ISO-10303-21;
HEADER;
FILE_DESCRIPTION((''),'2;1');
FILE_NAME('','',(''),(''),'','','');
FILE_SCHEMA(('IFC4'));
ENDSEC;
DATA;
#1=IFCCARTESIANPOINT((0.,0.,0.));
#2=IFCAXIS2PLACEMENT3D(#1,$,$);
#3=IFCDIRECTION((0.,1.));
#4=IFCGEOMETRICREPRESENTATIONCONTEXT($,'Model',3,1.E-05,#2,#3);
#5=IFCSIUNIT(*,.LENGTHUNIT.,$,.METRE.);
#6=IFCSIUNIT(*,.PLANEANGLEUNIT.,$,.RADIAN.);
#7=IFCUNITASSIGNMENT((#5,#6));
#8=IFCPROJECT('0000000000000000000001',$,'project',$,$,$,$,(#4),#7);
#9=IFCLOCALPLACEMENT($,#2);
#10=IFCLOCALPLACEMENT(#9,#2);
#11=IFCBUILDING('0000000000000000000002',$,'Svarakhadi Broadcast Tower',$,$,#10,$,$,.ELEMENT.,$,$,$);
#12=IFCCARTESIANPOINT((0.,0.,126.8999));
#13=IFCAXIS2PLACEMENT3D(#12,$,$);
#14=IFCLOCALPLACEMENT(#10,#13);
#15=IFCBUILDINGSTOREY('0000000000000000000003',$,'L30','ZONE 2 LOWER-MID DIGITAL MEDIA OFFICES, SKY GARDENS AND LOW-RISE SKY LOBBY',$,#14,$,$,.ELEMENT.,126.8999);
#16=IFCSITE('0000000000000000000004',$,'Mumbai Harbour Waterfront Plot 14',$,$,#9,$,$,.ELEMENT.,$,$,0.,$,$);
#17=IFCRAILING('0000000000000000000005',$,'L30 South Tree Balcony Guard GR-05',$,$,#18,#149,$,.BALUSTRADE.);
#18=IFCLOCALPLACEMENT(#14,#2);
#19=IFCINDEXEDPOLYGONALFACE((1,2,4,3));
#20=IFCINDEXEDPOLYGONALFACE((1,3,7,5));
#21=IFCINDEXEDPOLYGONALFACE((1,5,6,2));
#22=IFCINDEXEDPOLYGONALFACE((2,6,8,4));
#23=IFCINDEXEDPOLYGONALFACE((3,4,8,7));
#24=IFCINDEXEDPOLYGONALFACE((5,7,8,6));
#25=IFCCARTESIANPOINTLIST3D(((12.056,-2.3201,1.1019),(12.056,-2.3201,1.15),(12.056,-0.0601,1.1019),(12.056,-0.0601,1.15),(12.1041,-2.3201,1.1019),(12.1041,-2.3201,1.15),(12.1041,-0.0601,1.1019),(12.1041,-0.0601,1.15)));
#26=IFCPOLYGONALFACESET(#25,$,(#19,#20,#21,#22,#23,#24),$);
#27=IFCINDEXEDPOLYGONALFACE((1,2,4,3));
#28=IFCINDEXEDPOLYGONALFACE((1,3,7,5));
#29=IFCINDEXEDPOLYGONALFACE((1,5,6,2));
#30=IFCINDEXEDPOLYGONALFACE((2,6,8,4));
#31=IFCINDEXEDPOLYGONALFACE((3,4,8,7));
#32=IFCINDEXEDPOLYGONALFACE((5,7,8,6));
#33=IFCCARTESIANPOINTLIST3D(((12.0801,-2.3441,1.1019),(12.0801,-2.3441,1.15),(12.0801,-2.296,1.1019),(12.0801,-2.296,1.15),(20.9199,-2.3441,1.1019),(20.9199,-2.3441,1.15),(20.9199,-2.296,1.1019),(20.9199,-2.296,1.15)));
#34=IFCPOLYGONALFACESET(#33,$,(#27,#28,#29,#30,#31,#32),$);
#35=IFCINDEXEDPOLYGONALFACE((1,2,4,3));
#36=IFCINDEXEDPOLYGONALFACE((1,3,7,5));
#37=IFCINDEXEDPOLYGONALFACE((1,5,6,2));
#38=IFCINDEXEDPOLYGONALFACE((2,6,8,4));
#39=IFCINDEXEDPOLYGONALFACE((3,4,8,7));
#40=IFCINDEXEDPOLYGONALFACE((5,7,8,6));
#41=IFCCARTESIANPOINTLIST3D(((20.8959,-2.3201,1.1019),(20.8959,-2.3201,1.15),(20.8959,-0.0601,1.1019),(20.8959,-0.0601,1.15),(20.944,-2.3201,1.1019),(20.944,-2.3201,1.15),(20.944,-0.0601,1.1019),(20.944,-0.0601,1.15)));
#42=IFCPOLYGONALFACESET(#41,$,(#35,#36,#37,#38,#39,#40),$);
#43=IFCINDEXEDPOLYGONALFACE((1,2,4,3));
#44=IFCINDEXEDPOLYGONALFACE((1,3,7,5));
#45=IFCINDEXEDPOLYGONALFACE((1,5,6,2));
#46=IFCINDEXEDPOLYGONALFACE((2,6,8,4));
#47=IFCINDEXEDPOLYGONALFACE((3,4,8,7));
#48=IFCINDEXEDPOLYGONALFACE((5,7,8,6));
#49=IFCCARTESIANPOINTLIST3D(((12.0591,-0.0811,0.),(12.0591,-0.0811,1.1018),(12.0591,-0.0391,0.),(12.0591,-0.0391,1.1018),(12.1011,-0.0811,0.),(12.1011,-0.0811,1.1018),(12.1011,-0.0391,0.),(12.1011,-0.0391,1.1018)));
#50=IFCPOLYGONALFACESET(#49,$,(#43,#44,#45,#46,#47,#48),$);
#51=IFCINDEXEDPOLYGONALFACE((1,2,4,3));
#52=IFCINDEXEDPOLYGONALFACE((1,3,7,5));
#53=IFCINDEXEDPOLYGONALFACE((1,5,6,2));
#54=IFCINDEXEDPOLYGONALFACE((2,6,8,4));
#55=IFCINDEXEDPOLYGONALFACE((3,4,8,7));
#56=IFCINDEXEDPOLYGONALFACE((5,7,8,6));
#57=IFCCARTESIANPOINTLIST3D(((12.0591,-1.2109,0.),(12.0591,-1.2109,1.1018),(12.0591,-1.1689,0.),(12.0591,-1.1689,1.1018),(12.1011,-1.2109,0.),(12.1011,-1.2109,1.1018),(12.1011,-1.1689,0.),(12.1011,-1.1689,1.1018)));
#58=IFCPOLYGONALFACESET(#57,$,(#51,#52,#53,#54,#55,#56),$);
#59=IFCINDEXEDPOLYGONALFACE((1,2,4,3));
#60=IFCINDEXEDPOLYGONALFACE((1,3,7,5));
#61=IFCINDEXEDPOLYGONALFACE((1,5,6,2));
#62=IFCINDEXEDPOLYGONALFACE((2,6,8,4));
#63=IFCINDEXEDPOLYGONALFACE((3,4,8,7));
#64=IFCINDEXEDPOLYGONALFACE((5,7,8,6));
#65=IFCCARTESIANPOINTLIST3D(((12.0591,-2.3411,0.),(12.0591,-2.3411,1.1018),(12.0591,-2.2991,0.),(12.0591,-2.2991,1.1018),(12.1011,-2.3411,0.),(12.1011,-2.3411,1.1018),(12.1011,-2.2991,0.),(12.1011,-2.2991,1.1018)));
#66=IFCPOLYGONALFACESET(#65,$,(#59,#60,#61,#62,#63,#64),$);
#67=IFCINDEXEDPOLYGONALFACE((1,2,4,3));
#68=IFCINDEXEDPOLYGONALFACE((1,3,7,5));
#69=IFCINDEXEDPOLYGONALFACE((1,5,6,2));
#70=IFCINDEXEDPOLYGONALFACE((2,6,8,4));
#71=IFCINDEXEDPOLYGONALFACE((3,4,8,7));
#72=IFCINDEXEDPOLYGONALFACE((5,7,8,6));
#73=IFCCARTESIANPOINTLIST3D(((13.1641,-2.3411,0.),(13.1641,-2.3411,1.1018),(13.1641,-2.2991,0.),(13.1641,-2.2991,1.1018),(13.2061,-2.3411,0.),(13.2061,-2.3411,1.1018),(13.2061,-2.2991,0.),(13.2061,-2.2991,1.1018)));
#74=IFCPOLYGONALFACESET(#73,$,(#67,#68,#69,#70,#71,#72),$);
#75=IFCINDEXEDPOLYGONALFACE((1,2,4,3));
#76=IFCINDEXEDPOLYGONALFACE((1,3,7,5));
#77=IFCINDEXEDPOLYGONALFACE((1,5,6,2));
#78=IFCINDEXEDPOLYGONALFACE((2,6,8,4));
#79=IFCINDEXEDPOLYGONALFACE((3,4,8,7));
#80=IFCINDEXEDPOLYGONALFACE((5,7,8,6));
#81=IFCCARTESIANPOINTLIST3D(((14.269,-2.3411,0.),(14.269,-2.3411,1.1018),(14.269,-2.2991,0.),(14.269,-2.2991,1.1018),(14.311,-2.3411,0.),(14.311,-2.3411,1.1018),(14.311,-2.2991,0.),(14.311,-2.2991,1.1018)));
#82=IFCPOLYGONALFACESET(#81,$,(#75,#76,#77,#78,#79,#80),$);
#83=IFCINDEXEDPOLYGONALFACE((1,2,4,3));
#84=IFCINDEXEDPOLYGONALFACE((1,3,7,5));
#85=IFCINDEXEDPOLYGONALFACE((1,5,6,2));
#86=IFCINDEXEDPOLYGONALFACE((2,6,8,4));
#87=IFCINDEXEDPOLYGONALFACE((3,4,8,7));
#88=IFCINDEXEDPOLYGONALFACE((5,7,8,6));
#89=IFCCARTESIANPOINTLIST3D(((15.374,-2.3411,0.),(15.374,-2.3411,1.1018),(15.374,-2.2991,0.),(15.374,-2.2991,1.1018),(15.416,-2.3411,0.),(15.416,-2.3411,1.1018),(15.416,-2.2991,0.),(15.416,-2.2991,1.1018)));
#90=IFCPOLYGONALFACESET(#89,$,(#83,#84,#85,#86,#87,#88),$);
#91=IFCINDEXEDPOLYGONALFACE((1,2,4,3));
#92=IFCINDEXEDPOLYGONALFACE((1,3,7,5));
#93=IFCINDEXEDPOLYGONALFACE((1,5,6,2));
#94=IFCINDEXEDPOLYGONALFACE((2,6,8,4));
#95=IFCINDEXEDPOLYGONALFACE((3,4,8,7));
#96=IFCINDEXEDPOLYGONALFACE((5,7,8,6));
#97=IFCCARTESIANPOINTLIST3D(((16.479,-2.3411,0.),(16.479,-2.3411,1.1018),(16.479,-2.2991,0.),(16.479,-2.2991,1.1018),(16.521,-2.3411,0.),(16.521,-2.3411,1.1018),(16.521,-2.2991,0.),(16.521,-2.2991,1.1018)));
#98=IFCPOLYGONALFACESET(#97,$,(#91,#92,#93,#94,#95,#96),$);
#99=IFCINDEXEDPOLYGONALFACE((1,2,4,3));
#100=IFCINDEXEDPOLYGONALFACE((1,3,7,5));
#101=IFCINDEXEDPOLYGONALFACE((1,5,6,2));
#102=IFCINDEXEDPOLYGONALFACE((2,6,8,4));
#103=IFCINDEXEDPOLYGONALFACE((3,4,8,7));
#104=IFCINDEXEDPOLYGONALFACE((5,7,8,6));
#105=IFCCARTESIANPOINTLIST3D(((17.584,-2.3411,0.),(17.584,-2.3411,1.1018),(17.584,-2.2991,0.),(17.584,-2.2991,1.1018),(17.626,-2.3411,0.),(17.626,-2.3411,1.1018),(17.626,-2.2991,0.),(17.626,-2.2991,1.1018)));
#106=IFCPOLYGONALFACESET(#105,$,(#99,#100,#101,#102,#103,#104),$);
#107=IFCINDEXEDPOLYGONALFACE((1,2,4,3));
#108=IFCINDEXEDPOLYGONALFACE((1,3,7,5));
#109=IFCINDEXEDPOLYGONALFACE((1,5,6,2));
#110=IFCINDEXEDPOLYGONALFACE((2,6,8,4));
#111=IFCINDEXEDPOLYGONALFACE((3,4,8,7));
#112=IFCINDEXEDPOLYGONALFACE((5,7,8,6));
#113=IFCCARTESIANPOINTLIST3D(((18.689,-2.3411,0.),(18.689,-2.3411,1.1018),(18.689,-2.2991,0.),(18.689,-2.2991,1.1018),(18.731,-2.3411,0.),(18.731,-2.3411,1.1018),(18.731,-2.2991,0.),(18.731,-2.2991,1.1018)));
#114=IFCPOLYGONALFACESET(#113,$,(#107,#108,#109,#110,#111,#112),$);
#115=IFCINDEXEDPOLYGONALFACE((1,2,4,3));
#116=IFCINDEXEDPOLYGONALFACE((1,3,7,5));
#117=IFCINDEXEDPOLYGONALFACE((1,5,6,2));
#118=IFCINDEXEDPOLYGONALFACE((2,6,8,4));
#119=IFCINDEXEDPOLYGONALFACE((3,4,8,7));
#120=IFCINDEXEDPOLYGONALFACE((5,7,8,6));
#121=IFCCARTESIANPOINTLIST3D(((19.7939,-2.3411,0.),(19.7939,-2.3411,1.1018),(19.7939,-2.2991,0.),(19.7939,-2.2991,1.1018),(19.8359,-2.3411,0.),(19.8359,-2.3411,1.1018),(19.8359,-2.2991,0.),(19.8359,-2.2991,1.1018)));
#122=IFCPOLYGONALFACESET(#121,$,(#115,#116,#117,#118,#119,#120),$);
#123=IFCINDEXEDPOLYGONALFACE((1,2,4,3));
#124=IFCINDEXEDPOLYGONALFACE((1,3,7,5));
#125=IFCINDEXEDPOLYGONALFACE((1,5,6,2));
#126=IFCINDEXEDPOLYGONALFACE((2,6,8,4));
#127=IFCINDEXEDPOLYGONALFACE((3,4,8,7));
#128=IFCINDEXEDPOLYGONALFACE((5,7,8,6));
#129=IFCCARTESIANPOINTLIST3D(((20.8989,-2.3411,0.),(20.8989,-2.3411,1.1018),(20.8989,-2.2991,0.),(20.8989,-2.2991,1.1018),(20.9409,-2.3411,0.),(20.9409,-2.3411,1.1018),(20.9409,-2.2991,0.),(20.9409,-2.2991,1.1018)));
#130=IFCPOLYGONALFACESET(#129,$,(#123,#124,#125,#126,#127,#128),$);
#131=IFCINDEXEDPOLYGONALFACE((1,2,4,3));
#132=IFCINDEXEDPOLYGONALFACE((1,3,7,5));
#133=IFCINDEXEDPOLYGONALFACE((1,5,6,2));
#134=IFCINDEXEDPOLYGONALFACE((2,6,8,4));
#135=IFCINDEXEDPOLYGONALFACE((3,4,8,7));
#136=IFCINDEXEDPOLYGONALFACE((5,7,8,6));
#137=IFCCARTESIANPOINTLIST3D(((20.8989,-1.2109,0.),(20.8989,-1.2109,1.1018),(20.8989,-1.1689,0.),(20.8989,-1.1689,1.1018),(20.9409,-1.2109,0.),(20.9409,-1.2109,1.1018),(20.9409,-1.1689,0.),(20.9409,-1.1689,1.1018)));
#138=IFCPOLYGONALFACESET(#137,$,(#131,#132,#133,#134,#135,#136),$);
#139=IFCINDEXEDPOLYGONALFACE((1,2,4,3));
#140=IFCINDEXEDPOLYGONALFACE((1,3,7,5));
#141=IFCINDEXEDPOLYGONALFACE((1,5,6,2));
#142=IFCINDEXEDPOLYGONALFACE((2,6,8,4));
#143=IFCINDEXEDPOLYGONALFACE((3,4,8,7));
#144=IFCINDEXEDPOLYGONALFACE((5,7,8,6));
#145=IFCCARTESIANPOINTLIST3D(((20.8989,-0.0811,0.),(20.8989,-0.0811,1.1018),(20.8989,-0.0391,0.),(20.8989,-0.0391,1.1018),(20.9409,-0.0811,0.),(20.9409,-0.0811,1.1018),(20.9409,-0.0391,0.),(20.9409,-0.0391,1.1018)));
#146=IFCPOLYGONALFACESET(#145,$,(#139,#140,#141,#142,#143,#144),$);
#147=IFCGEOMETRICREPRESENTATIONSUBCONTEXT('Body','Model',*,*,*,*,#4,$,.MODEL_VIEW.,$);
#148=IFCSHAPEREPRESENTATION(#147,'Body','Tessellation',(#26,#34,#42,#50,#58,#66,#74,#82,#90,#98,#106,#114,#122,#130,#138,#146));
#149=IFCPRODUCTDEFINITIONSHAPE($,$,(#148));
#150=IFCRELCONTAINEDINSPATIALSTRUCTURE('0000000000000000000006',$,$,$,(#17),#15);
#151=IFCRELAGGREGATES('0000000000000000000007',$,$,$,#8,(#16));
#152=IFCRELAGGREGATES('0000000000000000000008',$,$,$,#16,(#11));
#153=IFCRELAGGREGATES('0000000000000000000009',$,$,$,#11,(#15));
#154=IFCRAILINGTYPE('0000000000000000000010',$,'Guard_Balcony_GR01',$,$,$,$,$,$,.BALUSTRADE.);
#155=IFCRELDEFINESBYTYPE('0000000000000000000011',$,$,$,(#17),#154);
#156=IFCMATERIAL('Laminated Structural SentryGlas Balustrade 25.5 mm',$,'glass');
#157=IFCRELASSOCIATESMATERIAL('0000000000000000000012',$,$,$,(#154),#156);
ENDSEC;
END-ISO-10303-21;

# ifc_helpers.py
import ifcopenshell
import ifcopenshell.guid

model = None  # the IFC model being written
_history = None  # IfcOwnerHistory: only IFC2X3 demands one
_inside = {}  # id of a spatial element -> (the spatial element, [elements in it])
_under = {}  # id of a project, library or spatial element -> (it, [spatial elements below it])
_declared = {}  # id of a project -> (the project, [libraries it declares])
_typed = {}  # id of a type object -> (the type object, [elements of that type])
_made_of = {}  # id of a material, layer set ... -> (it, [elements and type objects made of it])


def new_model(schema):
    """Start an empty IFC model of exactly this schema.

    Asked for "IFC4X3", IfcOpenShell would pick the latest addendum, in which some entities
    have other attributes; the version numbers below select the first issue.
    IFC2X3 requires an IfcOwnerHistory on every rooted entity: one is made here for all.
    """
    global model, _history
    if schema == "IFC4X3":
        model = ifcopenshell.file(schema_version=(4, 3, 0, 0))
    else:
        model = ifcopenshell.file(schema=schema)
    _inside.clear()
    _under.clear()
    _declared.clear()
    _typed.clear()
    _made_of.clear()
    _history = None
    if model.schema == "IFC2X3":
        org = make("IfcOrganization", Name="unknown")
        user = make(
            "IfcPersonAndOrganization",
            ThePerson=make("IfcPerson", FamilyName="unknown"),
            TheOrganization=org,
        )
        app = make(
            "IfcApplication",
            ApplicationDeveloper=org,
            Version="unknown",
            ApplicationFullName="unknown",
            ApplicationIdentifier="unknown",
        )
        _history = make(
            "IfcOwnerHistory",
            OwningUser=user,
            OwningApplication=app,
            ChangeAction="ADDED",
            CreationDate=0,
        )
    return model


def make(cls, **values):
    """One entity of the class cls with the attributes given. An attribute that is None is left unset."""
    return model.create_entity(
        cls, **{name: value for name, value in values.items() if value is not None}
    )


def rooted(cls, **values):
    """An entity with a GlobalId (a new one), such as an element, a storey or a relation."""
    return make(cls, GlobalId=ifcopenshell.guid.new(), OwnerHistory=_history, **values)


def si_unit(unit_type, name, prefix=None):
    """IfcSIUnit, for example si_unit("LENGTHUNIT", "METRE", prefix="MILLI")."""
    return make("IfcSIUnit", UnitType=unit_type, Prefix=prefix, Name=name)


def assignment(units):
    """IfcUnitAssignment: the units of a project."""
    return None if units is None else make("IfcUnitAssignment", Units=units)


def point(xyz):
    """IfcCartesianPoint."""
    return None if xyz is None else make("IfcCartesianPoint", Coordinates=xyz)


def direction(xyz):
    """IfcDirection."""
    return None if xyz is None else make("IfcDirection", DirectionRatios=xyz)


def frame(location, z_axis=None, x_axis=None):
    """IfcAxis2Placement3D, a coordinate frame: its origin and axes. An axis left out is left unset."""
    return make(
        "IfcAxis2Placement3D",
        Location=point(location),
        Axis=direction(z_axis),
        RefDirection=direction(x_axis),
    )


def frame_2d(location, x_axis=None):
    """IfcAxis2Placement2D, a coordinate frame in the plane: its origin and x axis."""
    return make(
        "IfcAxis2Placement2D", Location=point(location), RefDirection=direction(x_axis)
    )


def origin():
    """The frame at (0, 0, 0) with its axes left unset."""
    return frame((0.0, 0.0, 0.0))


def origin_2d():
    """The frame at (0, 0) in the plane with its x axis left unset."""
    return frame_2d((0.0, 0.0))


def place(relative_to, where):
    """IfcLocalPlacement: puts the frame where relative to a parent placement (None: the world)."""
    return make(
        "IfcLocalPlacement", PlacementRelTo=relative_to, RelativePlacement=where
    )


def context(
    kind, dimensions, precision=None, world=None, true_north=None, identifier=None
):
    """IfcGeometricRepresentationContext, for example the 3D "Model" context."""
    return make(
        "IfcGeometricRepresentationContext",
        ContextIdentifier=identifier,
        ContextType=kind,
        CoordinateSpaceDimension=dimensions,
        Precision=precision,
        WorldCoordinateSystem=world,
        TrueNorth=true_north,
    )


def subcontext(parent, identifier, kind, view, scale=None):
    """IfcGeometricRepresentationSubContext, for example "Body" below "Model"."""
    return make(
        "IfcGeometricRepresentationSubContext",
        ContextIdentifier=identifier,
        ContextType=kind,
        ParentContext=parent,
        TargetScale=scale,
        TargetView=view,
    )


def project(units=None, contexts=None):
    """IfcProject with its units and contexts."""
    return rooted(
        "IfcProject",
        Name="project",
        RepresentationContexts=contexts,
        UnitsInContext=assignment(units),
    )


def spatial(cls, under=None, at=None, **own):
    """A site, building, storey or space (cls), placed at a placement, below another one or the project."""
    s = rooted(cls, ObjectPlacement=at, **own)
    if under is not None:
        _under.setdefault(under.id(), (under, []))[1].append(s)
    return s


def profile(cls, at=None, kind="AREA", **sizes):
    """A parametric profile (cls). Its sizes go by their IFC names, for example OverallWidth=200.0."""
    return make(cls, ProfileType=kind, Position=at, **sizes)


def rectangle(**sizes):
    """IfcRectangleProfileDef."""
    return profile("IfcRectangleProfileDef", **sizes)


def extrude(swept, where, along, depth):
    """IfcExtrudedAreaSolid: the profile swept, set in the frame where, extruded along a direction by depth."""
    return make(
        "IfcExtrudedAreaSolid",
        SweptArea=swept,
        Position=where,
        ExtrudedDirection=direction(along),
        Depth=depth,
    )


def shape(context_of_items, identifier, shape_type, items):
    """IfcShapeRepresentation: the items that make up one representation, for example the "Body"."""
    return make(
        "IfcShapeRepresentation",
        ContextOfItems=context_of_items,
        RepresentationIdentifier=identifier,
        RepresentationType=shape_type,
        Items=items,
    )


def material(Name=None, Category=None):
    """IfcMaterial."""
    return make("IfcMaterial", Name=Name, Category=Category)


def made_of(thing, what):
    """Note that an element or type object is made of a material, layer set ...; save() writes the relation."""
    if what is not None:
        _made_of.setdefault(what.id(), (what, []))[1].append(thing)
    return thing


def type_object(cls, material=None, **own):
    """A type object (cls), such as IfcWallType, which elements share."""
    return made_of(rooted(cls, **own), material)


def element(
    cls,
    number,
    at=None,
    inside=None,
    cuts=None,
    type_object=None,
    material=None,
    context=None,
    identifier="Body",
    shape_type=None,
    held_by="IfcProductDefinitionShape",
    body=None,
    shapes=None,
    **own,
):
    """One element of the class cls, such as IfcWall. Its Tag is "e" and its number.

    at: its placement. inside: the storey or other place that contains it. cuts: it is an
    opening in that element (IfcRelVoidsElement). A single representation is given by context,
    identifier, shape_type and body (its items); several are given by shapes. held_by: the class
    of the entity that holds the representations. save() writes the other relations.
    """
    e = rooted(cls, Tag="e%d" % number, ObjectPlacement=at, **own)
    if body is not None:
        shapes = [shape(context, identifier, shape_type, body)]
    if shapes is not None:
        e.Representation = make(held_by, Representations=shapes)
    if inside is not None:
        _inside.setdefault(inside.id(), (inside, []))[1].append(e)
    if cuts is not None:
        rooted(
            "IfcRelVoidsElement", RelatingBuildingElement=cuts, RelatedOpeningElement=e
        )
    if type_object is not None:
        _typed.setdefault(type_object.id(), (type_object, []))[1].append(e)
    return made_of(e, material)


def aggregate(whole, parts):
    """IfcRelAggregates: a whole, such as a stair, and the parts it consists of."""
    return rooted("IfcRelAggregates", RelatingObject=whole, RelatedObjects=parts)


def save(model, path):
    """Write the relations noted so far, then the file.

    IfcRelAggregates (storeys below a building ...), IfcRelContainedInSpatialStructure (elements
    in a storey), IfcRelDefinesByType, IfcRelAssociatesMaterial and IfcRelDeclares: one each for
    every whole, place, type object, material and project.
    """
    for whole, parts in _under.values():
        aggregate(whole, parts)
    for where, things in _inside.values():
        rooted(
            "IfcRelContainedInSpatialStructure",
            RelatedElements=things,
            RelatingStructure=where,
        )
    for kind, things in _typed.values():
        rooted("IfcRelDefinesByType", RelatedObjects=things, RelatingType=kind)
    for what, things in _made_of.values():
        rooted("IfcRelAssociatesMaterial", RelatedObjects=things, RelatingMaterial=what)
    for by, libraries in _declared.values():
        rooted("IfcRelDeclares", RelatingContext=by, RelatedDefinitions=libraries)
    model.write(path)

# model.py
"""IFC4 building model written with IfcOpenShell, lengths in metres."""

from ifc_helpers import new_model, si_unit, direction, frame, origin, origin_2d, place, context, subcontext, project, spatial, rectangle, extrude, material, type_object, element, save


model = new_model("IFC4")

# Units and contexts
model_context = context("Model", 3, precision=1e-05, world=origin(), true_north=direction((0.0, 1.0)))
body_context = subcontext(model_context, "Body", "Model", "MODEL_VIEW")
ifc_project = project(units=[si_unit("LENGTHUNIT", "METRE"), si_unit("PLANEANGLEUNIT", "RADIAN")], contexts=[model_context])

# Site, building, storey
site_placement = place(None, origin())
site = spatial("IfcSite", under=ifc_project, at=site_placement, Name="Mumbai Harbour Waterfront Plot 14", CompositionType="ELEMENT", RefElevation=0.0)
building_placement = place(site_placement, origin())
building = spatial("IfcBuilding", under=site, at=building_placement, Name="Svarakhadi Broadcast Tower", CompositionType="ELEMENT")
storey_placement = place(building_placement, frame((0.0, 0.0, 126.8999)))
storey = spatial("IfcBuildingStorey", under=building, at=storey_placement, Name="L30", Description="ZONE 2 LOWER-MID DIGITAL MEDIA OFFICES, SKY GARDENS AND LOW-RISE SKY LOBBY", CompositionType="ELEMENT", Elevation=126.8999)

# Railing
ifc_material_1 = material(Name="Laminated Structural SentryGlas Balustrade 25.5 mm", Category="glass")
railing_type = type_object("IfcRailingType", Name="Guard_Balcony_GR01", PredefinedType="BALUSTRADE", material=ifc_material_1)
railing_placement = place(storey_placement, frame((12.0801, -0.0601, 0.0)))
element("IfcRailing", 1, at=railing_placement, inside=storey, type_object=railing_type, Name="L30 South Tree Balcony Guard GR-05", PredefinedType="BALUSTRADE", context=body_context, shape_type="SweptSolid", body=[
    extrude(rectangle(XDim=0.0481, YDim=0.0481, at=origin_2d()), frame((0.0, 0.0, 1.126), z_axis=(0.0, -1.0, 0.0), x_axis=(1.0, 0.0, 0.0)), (0.0, 0.0, 1.0), 2.26),
    extrude(rectangle(XDim=0.0481, YDim=0.0481, at=origin_2d()), frame((0.0, -2.26, 1.126), z_axis=(1.0, 0.0, 0.0), x_axis=(0.0, 1.0, 0.0)), (0.0, 0.0, 1.0), 8.8398),
    extrude(rectangle(XDim=0.0481, YDim=0.0481, at=origin_2d()), frame((8.8398, -2.26, 1.126), z_axis=(0.0, 1.0, 0.0), x_axis=(-1.0, 0.0, 0.0)), (0.0, 0.0, 1.0), 2.26),
    extrude(rectangle(XDim=0.042, YDim=0.042, at=origin_2d()), origin(), (0.0, 0.0, 1.0), 1.1018),
    extrude(rectangle(XDim=0.042, YDim=0.042, at=origin_2d()), frame((0.0, -1.1299, 0.0)), (0.0, 0.0, 1.0), 1.1018),
    extrude(rectangle(XDim=0.042, YDim=0.042, at=origin_2d()), frame((0.0, -2.26, 0.0)), (0.0, 0.0, 1.0), 1.1018),
    extrude(rectangle(XDim=0.042, YDim=0.042, at=origin_2d()), frame((1.105, -2.26, 0.0)), (0.0, 0.0, 1.0), 1.1018),
    extrude(rectangle(XDim=0.042, YDim=0.042, at=origin_2d()), frame((2.21, -2.26, 0.0)), (0.0, 0.0, 1.0), 1.1018),
    extrude(rectangle(XDim=0.042, YDim=0.042, at=origin_2d()), frame((3.3149, -2.26, 0.0)), (0.0, 0.0, 1.0), 1.1018),
    extrude(rectangle(XDim=0.042, YDim=0.042, at=origin_2d()), frame((4.4199, -2.26, 0.0)), (0.0, 0.0, 1.0), 1.1018),
    extrude(rectangle(XDim=0.042, YDim=0.042, at=origin_2d()), frame((5.5249, -2.26, 0.0)), (0.0, 0.0, 1.0), 1.1018),
    extrude(rectangle(XDim=0.042, YDim=0.042, at=origin_2d()), frame((6.6299, -2.26, 0.0)), (0.0, 0.0, 1.0), 1.1018),
    extrude(rectangle(XDim=0.042, YDim=0.042, at=origin_2d()), frame((7.7349, -2.26, 0.0)), (0.0, 0.0, 1.0), 1.1018),
    extrude(rectangle(XDim=0.042, YDim=0.042, at=origin_2d()), frame((8.8398, -2.26, 0.0)), (0.0, 0.0, 1.0), 1.1018),
    extrude(rectangle(XDim=0.042, YDim=0.042, at=origin_2d()), frame((8.8398, -1.1299, 0.0)), (0.0, 0.0, 1.0), 1.1018),
    extrude(rectangle(XDim=0.042, YDim=0.042, at=origin_2d()), frame((8.8398, 0.0, 0.0)), (0.0, 0.0, 1.0), 1.1018),
])

save(model, "model.ifc")
